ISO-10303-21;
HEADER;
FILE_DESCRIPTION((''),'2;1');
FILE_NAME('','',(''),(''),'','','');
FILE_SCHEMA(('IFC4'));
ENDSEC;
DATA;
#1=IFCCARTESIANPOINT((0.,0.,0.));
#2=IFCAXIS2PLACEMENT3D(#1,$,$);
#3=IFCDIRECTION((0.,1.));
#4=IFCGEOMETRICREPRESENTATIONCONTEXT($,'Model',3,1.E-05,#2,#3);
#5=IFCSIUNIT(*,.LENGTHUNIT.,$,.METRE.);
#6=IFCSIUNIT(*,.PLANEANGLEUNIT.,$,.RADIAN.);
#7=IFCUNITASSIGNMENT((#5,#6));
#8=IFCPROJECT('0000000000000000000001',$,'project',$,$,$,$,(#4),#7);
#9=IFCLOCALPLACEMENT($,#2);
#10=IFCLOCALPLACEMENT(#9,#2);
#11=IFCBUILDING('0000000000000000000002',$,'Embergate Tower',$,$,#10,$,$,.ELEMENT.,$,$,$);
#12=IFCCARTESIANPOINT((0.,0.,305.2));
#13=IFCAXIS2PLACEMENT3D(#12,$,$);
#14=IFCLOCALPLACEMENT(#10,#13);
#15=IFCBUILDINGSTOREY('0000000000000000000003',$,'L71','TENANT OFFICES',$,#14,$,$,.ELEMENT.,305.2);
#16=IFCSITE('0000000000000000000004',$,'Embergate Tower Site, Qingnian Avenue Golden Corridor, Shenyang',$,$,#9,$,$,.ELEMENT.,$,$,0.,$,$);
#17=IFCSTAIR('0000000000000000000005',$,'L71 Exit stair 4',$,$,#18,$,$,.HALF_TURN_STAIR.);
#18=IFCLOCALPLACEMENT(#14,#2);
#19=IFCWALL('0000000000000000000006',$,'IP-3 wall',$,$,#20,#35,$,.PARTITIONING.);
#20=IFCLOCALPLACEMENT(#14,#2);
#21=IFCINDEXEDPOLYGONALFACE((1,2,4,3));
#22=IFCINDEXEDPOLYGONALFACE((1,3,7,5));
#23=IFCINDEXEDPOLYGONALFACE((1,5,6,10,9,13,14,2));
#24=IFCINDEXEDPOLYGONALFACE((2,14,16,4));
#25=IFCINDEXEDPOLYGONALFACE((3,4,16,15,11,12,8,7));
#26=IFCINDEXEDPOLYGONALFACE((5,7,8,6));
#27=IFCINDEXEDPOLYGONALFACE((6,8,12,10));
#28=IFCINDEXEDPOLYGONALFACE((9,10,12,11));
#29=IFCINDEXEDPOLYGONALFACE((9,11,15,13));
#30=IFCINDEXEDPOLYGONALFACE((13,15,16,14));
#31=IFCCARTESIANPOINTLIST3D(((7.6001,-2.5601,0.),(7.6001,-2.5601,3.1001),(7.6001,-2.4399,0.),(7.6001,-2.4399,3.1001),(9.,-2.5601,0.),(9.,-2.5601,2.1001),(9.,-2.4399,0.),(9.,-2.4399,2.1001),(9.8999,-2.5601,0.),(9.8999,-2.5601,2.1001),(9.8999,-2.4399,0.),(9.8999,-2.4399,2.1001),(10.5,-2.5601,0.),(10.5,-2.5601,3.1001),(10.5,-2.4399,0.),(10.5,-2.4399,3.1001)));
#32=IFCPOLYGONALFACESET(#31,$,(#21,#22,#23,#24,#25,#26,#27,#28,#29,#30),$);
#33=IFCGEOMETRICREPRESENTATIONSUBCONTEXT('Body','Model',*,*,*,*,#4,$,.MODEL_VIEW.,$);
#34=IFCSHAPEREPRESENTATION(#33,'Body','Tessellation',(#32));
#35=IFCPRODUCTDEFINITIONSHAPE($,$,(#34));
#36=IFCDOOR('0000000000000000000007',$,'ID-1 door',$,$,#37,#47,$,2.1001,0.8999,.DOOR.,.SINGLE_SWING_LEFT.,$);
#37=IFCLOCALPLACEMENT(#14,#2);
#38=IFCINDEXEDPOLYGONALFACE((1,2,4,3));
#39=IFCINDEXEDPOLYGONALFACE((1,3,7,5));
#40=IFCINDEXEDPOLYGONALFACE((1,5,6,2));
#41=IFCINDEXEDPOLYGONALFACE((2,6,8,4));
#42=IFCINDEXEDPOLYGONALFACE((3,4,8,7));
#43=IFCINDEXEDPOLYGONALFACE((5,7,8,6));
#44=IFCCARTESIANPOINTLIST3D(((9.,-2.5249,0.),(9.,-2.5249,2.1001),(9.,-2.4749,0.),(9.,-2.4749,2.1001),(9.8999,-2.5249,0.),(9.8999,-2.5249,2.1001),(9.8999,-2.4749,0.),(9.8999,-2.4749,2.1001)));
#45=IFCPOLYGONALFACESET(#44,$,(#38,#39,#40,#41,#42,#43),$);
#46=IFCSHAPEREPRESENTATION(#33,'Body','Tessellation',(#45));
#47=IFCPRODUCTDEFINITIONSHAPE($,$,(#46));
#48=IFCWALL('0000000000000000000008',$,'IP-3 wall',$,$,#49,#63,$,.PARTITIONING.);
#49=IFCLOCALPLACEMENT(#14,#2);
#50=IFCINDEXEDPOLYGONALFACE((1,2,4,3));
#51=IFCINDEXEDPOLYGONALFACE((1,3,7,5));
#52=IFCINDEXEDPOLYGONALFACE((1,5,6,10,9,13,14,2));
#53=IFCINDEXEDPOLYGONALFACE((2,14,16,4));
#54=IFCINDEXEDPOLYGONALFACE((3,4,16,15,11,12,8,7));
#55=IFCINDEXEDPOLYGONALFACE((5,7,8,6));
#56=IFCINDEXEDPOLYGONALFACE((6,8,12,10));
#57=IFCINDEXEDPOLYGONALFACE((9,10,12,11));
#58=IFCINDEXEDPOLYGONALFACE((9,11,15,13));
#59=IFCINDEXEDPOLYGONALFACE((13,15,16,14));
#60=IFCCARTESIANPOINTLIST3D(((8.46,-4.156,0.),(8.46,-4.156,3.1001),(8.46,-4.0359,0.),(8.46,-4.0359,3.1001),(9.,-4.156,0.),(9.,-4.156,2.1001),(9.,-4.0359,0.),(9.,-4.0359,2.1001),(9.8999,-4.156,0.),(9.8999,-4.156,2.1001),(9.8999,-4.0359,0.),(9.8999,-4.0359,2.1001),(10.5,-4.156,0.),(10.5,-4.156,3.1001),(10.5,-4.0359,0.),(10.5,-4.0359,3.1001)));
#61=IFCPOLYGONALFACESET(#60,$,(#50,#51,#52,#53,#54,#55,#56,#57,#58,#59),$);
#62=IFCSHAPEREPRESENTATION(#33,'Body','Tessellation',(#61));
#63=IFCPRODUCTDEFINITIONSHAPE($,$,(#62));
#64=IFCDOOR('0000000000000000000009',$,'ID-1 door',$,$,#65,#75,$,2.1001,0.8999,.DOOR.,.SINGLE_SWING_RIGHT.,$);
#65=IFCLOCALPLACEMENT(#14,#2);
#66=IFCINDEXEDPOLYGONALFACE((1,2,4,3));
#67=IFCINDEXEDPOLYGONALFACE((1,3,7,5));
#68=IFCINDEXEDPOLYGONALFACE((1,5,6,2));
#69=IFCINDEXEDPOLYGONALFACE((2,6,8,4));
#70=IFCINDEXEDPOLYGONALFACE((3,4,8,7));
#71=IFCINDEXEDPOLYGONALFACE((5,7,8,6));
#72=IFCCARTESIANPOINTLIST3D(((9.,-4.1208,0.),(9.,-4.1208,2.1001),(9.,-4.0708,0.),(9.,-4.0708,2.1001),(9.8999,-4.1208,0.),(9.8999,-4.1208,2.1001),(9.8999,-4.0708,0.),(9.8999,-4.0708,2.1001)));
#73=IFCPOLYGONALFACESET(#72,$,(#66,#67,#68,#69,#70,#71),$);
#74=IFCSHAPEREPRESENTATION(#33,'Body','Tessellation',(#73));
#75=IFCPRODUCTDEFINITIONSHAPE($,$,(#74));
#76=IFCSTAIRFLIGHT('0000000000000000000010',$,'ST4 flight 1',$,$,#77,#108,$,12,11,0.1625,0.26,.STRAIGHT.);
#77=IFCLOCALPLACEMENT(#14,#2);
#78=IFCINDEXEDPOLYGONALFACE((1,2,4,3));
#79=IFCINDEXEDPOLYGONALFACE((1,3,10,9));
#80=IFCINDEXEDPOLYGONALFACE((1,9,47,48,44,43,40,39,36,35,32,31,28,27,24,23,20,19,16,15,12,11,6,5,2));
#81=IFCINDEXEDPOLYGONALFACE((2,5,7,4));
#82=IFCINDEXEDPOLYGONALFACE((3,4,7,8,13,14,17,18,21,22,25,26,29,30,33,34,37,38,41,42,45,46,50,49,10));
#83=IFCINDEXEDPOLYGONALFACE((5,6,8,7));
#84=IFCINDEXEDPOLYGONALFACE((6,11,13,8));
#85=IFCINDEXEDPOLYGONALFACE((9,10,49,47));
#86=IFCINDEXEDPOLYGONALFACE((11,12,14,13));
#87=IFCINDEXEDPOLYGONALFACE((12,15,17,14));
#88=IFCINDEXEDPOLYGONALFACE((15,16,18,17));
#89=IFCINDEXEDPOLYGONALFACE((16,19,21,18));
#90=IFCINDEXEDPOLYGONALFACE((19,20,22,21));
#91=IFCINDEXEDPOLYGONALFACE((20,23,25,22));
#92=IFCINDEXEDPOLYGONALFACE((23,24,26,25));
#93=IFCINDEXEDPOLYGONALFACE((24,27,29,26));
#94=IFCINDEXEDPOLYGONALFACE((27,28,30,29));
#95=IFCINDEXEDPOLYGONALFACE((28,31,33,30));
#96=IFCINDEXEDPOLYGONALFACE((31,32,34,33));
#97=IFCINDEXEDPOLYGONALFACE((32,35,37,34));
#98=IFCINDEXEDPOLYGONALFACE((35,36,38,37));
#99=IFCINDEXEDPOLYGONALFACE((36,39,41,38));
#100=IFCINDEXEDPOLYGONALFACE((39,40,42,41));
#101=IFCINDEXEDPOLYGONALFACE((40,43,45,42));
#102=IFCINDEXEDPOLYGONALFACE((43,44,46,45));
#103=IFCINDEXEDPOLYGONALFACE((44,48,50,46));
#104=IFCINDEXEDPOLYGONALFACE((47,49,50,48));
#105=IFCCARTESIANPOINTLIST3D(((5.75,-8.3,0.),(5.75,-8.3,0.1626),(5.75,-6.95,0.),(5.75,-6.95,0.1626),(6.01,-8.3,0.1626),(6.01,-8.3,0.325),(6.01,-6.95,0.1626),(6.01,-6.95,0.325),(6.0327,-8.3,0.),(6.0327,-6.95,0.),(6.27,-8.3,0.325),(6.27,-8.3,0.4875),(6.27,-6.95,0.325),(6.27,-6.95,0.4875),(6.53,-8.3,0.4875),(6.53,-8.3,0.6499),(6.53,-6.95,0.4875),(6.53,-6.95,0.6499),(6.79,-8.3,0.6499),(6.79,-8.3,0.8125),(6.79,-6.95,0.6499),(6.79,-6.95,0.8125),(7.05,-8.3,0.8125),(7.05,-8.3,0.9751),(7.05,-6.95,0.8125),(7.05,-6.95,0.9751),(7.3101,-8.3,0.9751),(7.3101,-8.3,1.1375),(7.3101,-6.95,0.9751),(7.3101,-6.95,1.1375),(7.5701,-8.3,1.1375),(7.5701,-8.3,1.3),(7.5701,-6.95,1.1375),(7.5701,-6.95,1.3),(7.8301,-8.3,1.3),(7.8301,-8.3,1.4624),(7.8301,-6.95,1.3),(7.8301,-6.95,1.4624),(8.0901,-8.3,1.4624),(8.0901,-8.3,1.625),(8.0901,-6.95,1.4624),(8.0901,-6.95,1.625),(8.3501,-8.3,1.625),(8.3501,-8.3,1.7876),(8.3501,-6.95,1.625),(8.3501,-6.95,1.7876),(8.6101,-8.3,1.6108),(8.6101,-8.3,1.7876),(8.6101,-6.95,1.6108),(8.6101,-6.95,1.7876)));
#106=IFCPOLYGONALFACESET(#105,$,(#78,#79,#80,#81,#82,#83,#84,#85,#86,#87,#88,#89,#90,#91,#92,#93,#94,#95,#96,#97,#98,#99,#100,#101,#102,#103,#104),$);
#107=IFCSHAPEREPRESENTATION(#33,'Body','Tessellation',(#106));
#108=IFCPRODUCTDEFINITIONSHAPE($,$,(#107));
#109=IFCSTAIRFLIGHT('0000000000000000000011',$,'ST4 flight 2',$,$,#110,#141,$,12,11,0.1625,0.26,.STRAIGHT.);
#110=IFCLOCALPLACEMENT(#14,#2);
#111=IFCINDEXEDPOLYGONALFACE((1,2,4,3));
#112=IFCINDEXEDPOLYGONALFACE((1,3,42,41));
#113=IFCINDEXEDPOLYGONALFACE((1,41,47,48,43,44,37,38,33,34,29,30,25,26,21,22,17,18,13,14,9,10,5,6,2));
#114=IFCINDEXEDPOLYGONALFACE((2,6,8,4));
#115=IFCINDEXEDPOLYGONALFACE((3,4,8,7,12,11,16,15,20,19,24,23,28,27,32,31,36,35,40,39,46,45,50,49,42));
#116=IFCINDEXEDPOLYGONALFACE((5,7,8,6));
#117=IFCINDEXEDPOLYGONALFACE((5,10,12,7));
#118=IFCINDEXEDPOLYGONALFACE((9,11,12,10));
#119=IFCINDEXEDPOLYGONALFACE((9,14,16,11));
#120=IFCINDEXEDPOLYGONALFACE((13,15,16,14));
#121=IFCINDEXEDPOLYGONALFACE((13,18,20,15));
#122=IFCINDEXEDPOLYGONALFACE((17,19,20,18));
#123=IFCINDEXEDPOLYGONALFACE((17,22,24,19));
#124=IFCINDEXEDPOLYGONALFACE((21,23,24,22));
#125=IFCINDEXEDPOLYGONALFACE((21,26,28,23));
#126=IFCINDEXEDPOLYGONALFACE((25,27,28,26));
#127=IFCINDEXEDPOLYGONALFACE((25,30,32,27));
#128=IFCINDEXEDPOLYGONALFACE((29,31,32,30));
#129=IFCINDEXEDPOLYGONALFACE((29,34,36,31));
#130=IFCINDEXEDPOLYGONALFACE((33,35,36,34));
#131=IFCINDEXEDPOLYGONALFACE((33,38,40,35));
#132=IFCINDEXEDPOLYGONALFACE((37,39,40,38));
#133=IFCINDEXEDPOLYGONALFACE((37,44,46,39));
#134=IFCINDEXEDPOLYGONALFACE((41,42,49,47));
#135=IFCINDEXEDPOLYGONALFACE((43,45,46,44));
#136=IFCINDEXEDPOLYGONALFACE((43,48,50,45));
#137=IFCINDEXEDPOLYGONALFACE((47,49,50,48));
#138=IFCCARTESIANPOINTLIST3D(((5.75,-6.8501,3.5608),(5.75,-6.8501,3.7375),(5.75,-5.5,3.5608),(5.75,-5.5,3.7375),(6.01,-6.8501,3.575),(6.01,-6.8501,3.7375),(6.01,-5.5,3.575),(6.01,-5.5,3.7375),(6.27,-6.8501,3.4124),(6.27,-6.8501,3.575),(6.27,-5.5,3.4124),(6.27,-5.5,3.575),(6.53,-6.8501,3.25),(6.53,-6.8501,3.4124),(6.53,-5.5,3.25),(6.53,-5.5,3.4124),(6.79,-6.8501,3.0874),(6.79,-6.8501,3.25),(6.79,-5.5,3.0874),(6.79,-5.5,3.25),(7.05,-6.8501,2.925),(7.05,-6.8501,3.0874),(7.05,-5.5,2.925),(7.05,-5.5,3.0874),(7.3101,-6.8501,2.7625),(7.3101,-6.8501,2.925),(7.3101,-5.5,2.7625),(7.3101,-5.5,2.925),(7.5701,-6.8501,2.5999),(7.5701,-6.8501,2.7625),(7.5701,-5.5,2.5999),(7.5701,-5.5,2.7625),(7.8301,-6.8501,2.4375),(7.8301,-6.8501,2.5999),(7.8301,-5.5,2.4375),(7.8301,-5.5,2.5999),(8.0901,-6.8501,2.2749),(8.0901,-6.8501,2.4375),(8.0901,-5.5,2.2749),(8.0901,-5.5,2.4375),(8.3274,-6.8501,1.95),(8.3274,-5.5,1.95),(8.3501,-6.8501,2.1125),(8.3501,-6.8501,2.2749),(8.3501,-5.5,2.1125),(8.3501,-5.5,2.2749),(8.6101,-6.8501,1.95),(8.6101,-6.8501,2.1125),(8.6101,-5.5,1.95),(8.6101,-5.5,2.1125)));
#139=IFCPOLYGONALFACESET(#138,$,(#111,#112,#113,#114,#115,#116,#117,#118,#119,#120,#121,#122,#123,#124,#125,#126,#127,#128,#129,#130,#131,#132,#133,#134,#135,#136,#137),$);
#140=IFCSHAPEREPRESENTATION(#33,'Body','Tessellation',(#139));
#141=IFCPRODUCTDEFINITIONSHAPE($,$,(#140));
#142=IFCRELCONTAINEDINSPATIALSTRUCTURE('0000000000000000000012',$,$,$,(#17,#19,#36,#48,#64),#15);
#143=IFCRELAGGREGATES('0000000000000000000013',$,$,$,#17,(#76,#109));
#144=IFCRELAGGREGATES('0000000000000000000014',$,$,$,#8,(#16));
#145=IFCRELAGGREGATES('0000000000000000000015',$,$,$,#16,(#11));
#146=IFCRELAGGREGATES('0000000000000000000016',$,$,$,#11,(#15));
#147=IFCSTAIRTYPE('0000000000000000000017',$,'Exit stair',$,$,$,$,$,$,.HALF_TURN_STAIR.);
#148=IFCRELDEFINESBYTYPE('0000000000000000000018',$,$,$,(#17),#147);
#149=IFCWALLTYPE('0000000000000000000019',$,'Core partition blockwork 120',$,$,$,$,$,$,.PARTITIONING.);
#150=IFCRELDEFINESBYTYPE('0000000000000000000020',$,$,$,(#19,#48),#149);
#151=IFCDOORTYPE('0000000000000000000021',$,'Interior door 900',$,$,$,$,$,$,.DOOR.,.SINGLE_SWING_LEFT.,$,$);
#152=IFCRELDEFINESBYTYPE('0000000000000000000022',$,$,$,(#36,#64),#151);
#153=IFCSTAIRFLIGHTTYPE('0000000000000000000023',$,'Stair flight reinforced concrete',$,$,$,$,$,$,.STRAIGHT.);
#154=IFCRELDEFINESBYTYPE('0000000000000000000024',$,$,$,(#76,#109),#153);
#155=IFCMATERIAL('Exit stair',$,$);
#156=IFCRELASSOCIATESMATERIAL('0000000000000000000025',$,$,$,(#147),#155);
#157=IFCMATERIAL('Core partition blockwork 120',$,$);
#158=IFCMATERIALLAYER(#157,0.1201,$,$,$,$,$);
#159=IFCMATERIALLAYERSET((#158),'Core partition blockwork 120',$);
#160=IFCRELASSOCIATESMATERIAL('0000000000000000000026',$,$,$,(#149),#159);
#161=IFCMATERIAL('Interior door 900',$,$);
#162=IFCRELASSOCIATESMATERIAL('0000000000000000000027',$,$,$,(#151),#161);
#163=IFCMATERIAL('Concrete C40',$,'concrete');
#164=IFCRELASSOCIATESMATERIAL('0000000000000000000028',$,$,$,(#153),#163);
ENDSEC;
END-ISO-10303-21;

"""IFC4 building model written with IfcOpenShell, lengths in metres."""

from ifc_helpers import new_model, si_unit, direction, frame, frame_2d, origin, place, context, subcontext, project, spatial, polyline, rectangle, outline, extrude, source, transform, mapped, material, layer, layer_set, type_object, element, fill, aggregate, save


model = new_model("IFC4")

# Units and contexts
model_context = context("Model", 3, precision=1e-05, world=origin(), true_north=direction((0.0, 1.0)))
body_context = subcontext(model_context, "Body", "Model", "MODEL_VIEW")
ifc_project = project(units=[si_unit("LENGTHUNIT", "METRE"), si_unit("PLANEANGLEUNIT", "RADIAN")], contexts=[model_context])

# Site, building, storey
site_placement = place(None, origin())
site = spatial("IfcSite", under=ifc_project, at=site_placement, Name="Embergate Tower Site, Qingnian Avenue Golden Corridor, Shenyang", CompositionType="ELEMENT", RefElevation=0.0)
building_placement = place(site_placement, origin())
building = spatial("IfcBuilding", under=site, at=building_placement, Name="Embergate Tower", CompositionType="ELEMENT")
storey_placement = place(building_placement, frame((0.0, 0.0, 305.2)))
storey = spatial("IfcBuildingStorey", under=building, at=storey_placement, Name="L71", Description="TENANT OFFICES", CompositionType="ELEMENT", Elevation=305.2)

# Stair
ifc_material_1 = material(Name="Exit stair")
stair_type = type_object("IfcStairType", Name="Exit stair", PredefinedType="HALF_TURN_STAIR", material=ifc_material_1)
stair_placement = place(storey_placement, origin())
stair = element("IfcStair", 1, at=stair_placement, inside=storey, type_object=stair_type, Name="L71 Exit stair 4", PredefinedType="HALF_TURN_STAIR")
ifc_material_2 = material(Name="Concrete C40", Category="concrete")

# Shared definitions
ifc_material_3 = material(Name="Core partition blockwork 120")
ifc_layer_1 = layer(ifc_material_3, 0.1201)
ifc_layer_set_1 = layer_set([ifc_layer_1], Name="Core partition blockwork 120")
wall_type_1 = type_object("IfcWallType", Name="Core partition blockwork 120", PredefinedType="PARTITIONING", material=ifc_layer_set_1)
shared_shape_1 = source(origin(), body_context, "Body", "SweptSolid", [
    extrude(rectangle(XDim=0.8999, YDim=2.1001, at=frame_2d((0.45, 1.05))), frame((0.0, 0.0701, 0.0), z_axis=(0.0, -1.0, 0.0), x_axis=(1.0, 0.0, 0.0)), (0.0, 0.0, 1.0), 0.1401),
])
ifc_material_4 = material(Name="Interior door 900")
door_type_1 = type_object("IfcDoorType", Name="Interior door 900", OperationType="SINGLE_SWING_LEFT", PredefinedType="DOOR", material=ifc_material_4)
shared_shape_2 = source(origin(), body_context, "Body", "SweptSolid", [
    extrude(rectangle(XDim=0.8999, YDim=2.1001, at=frame_2d((0.45, 1.05))), frame((0.0, 0.0249, 0.0), z_axis=(0.0, -1.0, 0.0), x_axis=(1.0, 0.0, 0.0)), (0.0, 0.0, 1.0), 0.05),
])

# Walls, openings, doors
shared_shape_3 = source(origin(), body_context, "Body", "SweptSolid", [
    extrude(rectangle(XDim=2.8999, YDim=0.1201, at=frame_2d((1.45, 0.0))), origin(), (0.0, 0.0, 1.0), 3.1001),
])
wall_1_placement = place(storey_placement, frame((10.5, -2.5, 0.0), z_axis=(0.0, 0.0, 1.0), x_axis=(-1.0, 0.0, 0.0)))
wall_1 = element("IfcWall", 2, at=wall_1_placement, inside=storey, type_object=wall_type_1, Name="IP-3 wall", PredefinedType="PARTITIONING", context=body_context, shape_type="MappedRepresentation", body=[
    mapped(shared_shape_3, transform((0.0, 0.0, 0.0))),
])
opening_1_placement = place(wall_1_placement, frame((0.6001, 0.0, 0.0)))
opening_1 = element("IfcOpeningElement", 3, at=opening_1_placement, cuts=wall_1, PredefinedType="OPENING", context=body_context, shape_type="MappedRepresentation", body=[
    mapped(shared_shape_1, transform((0.0, 0.0, 0.0))),
])
door_1_placement = place(opening_1_placement, origin())
door_1 = element("IfcDoor", 4, at=door_1_placement, inside=storey, type_object=door_type_1, Name="ID-1 door", OperationType="SINGLE_SWING_LEFT", OverallHeight=2.1001, OverallWidth=0.8999, PredefinedType="DOOR", context=body_context, shape_type="MappedRepresentation", body=[
    mapped(shared_shape_2, transform((0.0, 0.0, 0.0))),
])
fill(opening_1, door_1)
shared_shape_4 = source(origin(), body_context, "Body", "SweptSolid", [
    extrude(rectangle(XDim=2.04, YDim=0.1201, at=frame_2d((1.02, 0.0))), origin(), (0.0, 0.0, 1.0), 3.1001),
])
wall_2_placement = place(storey_placement, frame((10.5, -4.0959, 0.0), z_axis=(0.0, 0.0, 1.0), x_axis=(-1.0, 0.0, 0.0)))
wall_2 = element("IfcWall", 5, at=wall_2_placement, inside=storey, type_object=wall_type_1, Name="IP-3 wall", PredefinedType="PARTITIONING", context=body_context, shape_type="MappedRepresentation", body=[
    mapped(shared_shape_4, transform((0.0, 0.0, 0.0))),
])
opening_2_placement = place(wall_2_placement, frame((0.6001, 0.0, 0.0)))
opening_2 = element("IfcOpeningElement", 6, at=opening_2_placement, cuts=wall_2, PredefinedType="OPENING", context=body_context, shape_type="MappedRepresentation", body=[
    mapped(shared_shape_1, transform((0.0, 0.0, 0.0))),
])
door_2_placement = place(opening_2_placement, origin())
door_2 = element("IfcDoor", 7, at=door_2_placement, inside=storey, type_object=door_type_1, Name="ID-1 door", OperationType="SINGLE_SWING_RIGHT", OverallHeight=2.1001, OverallWidth=0.8999, PredefinedType="DOOR", context=body_context, shape_type="MappedRepresentation", body=[
    mapped(shared_shape_2, transform((0.0, 0.0, 0.0))),
])
fill(opening_2, door_2)

# Stair flights
stair_flight_type = type_object("IfcStairFlightType", Name="Stair flight reinforced concrete", PredefinedType="STRAIGHT", material=ifc_material_2)
shared_shape_5 = source(origin(), body_context, "Body", "SweptSolid", [
    extrude(outline(polyline([(0.0, 0.0), (0.0, 0.1626), (0.26, 0.1626), (0.26, 0.325), (0.52, 0.325), (0.52, 0.4875), (0.78, 0.4875), (0.78, 0.6499), (1.04, 0.6499), (1.04, 0.8125), (1.3, 0.8125), (1.3, 0.9751), (1.5601, 0.9751), (1.5601, 1.1375), (1.8201, 1.1375), (1.8201, 1.3), (2.0801, 1.3), (2.0801, 1.4624), (2.3401, 1.4624), (2.3401, 1.625), (2.6001, 1.625), (2.6001, 1.7876), (2.8601, 1.7876), (2.8601, 1.95), (2.8601, 1.6108), (0.2827, 0.0), (0.0, 0.0)])), frame((0.0, 0.675, 0.0), z_axis=(0.0, -1.0, 0.0), x_axis=(1.0, 0.0, 0.0)), (0.0, 0.0, 1.0), 1.3501),
])
stair_flight_1_placement = place(storey_placement, frame((5.75, -7.625, 0.0), z_axis=(0.0, 0.0, 1.0), x_axis=(1.0, 0.0, 0.0)))
stair_flight_1 = element("IfcStairFlight", 8, at=stair_flight_1_placement, type_object=stair_flight_type, Name="ST4 flight 1", NumberOfRisers=12, NumberOfTreads=11, PredefinedType="STRAIGHT", RiserHeight=0.1625, TreadLength=0.26, context=body_context, shape_type="MappedRepresentation", body=[
    mapped(shared_shape_5, transform((0.0, 0.0, 0.0))),
])
stair_flight_2_placement = place(storey_placement, frame((8.6101, -6.175, 1.95), z_axis=(0.0, 0.0, 1.0), x_axis=(-1.0, 0.0, 0.0)))
stair_flight_2 = element("IfcStairFlight", 9, at=stair_flight_2_placement, type_object=stair_flight_type, Name="ST4 flight 2", NumberOfRisers=12, NumberOfTreads=11, PredefinedType="STRAIGHT", RiserHeight=0.1625, TreadLength=0.26, context=body_context, shape_type="MappedRepresentation", body=[
    mapped(shared_shape_5, transform((0.0, 0.0, 0.0))),
])
aggregate(stair, [stair_flight_1, stair_flight_2])

save(model, "model.ifc")
